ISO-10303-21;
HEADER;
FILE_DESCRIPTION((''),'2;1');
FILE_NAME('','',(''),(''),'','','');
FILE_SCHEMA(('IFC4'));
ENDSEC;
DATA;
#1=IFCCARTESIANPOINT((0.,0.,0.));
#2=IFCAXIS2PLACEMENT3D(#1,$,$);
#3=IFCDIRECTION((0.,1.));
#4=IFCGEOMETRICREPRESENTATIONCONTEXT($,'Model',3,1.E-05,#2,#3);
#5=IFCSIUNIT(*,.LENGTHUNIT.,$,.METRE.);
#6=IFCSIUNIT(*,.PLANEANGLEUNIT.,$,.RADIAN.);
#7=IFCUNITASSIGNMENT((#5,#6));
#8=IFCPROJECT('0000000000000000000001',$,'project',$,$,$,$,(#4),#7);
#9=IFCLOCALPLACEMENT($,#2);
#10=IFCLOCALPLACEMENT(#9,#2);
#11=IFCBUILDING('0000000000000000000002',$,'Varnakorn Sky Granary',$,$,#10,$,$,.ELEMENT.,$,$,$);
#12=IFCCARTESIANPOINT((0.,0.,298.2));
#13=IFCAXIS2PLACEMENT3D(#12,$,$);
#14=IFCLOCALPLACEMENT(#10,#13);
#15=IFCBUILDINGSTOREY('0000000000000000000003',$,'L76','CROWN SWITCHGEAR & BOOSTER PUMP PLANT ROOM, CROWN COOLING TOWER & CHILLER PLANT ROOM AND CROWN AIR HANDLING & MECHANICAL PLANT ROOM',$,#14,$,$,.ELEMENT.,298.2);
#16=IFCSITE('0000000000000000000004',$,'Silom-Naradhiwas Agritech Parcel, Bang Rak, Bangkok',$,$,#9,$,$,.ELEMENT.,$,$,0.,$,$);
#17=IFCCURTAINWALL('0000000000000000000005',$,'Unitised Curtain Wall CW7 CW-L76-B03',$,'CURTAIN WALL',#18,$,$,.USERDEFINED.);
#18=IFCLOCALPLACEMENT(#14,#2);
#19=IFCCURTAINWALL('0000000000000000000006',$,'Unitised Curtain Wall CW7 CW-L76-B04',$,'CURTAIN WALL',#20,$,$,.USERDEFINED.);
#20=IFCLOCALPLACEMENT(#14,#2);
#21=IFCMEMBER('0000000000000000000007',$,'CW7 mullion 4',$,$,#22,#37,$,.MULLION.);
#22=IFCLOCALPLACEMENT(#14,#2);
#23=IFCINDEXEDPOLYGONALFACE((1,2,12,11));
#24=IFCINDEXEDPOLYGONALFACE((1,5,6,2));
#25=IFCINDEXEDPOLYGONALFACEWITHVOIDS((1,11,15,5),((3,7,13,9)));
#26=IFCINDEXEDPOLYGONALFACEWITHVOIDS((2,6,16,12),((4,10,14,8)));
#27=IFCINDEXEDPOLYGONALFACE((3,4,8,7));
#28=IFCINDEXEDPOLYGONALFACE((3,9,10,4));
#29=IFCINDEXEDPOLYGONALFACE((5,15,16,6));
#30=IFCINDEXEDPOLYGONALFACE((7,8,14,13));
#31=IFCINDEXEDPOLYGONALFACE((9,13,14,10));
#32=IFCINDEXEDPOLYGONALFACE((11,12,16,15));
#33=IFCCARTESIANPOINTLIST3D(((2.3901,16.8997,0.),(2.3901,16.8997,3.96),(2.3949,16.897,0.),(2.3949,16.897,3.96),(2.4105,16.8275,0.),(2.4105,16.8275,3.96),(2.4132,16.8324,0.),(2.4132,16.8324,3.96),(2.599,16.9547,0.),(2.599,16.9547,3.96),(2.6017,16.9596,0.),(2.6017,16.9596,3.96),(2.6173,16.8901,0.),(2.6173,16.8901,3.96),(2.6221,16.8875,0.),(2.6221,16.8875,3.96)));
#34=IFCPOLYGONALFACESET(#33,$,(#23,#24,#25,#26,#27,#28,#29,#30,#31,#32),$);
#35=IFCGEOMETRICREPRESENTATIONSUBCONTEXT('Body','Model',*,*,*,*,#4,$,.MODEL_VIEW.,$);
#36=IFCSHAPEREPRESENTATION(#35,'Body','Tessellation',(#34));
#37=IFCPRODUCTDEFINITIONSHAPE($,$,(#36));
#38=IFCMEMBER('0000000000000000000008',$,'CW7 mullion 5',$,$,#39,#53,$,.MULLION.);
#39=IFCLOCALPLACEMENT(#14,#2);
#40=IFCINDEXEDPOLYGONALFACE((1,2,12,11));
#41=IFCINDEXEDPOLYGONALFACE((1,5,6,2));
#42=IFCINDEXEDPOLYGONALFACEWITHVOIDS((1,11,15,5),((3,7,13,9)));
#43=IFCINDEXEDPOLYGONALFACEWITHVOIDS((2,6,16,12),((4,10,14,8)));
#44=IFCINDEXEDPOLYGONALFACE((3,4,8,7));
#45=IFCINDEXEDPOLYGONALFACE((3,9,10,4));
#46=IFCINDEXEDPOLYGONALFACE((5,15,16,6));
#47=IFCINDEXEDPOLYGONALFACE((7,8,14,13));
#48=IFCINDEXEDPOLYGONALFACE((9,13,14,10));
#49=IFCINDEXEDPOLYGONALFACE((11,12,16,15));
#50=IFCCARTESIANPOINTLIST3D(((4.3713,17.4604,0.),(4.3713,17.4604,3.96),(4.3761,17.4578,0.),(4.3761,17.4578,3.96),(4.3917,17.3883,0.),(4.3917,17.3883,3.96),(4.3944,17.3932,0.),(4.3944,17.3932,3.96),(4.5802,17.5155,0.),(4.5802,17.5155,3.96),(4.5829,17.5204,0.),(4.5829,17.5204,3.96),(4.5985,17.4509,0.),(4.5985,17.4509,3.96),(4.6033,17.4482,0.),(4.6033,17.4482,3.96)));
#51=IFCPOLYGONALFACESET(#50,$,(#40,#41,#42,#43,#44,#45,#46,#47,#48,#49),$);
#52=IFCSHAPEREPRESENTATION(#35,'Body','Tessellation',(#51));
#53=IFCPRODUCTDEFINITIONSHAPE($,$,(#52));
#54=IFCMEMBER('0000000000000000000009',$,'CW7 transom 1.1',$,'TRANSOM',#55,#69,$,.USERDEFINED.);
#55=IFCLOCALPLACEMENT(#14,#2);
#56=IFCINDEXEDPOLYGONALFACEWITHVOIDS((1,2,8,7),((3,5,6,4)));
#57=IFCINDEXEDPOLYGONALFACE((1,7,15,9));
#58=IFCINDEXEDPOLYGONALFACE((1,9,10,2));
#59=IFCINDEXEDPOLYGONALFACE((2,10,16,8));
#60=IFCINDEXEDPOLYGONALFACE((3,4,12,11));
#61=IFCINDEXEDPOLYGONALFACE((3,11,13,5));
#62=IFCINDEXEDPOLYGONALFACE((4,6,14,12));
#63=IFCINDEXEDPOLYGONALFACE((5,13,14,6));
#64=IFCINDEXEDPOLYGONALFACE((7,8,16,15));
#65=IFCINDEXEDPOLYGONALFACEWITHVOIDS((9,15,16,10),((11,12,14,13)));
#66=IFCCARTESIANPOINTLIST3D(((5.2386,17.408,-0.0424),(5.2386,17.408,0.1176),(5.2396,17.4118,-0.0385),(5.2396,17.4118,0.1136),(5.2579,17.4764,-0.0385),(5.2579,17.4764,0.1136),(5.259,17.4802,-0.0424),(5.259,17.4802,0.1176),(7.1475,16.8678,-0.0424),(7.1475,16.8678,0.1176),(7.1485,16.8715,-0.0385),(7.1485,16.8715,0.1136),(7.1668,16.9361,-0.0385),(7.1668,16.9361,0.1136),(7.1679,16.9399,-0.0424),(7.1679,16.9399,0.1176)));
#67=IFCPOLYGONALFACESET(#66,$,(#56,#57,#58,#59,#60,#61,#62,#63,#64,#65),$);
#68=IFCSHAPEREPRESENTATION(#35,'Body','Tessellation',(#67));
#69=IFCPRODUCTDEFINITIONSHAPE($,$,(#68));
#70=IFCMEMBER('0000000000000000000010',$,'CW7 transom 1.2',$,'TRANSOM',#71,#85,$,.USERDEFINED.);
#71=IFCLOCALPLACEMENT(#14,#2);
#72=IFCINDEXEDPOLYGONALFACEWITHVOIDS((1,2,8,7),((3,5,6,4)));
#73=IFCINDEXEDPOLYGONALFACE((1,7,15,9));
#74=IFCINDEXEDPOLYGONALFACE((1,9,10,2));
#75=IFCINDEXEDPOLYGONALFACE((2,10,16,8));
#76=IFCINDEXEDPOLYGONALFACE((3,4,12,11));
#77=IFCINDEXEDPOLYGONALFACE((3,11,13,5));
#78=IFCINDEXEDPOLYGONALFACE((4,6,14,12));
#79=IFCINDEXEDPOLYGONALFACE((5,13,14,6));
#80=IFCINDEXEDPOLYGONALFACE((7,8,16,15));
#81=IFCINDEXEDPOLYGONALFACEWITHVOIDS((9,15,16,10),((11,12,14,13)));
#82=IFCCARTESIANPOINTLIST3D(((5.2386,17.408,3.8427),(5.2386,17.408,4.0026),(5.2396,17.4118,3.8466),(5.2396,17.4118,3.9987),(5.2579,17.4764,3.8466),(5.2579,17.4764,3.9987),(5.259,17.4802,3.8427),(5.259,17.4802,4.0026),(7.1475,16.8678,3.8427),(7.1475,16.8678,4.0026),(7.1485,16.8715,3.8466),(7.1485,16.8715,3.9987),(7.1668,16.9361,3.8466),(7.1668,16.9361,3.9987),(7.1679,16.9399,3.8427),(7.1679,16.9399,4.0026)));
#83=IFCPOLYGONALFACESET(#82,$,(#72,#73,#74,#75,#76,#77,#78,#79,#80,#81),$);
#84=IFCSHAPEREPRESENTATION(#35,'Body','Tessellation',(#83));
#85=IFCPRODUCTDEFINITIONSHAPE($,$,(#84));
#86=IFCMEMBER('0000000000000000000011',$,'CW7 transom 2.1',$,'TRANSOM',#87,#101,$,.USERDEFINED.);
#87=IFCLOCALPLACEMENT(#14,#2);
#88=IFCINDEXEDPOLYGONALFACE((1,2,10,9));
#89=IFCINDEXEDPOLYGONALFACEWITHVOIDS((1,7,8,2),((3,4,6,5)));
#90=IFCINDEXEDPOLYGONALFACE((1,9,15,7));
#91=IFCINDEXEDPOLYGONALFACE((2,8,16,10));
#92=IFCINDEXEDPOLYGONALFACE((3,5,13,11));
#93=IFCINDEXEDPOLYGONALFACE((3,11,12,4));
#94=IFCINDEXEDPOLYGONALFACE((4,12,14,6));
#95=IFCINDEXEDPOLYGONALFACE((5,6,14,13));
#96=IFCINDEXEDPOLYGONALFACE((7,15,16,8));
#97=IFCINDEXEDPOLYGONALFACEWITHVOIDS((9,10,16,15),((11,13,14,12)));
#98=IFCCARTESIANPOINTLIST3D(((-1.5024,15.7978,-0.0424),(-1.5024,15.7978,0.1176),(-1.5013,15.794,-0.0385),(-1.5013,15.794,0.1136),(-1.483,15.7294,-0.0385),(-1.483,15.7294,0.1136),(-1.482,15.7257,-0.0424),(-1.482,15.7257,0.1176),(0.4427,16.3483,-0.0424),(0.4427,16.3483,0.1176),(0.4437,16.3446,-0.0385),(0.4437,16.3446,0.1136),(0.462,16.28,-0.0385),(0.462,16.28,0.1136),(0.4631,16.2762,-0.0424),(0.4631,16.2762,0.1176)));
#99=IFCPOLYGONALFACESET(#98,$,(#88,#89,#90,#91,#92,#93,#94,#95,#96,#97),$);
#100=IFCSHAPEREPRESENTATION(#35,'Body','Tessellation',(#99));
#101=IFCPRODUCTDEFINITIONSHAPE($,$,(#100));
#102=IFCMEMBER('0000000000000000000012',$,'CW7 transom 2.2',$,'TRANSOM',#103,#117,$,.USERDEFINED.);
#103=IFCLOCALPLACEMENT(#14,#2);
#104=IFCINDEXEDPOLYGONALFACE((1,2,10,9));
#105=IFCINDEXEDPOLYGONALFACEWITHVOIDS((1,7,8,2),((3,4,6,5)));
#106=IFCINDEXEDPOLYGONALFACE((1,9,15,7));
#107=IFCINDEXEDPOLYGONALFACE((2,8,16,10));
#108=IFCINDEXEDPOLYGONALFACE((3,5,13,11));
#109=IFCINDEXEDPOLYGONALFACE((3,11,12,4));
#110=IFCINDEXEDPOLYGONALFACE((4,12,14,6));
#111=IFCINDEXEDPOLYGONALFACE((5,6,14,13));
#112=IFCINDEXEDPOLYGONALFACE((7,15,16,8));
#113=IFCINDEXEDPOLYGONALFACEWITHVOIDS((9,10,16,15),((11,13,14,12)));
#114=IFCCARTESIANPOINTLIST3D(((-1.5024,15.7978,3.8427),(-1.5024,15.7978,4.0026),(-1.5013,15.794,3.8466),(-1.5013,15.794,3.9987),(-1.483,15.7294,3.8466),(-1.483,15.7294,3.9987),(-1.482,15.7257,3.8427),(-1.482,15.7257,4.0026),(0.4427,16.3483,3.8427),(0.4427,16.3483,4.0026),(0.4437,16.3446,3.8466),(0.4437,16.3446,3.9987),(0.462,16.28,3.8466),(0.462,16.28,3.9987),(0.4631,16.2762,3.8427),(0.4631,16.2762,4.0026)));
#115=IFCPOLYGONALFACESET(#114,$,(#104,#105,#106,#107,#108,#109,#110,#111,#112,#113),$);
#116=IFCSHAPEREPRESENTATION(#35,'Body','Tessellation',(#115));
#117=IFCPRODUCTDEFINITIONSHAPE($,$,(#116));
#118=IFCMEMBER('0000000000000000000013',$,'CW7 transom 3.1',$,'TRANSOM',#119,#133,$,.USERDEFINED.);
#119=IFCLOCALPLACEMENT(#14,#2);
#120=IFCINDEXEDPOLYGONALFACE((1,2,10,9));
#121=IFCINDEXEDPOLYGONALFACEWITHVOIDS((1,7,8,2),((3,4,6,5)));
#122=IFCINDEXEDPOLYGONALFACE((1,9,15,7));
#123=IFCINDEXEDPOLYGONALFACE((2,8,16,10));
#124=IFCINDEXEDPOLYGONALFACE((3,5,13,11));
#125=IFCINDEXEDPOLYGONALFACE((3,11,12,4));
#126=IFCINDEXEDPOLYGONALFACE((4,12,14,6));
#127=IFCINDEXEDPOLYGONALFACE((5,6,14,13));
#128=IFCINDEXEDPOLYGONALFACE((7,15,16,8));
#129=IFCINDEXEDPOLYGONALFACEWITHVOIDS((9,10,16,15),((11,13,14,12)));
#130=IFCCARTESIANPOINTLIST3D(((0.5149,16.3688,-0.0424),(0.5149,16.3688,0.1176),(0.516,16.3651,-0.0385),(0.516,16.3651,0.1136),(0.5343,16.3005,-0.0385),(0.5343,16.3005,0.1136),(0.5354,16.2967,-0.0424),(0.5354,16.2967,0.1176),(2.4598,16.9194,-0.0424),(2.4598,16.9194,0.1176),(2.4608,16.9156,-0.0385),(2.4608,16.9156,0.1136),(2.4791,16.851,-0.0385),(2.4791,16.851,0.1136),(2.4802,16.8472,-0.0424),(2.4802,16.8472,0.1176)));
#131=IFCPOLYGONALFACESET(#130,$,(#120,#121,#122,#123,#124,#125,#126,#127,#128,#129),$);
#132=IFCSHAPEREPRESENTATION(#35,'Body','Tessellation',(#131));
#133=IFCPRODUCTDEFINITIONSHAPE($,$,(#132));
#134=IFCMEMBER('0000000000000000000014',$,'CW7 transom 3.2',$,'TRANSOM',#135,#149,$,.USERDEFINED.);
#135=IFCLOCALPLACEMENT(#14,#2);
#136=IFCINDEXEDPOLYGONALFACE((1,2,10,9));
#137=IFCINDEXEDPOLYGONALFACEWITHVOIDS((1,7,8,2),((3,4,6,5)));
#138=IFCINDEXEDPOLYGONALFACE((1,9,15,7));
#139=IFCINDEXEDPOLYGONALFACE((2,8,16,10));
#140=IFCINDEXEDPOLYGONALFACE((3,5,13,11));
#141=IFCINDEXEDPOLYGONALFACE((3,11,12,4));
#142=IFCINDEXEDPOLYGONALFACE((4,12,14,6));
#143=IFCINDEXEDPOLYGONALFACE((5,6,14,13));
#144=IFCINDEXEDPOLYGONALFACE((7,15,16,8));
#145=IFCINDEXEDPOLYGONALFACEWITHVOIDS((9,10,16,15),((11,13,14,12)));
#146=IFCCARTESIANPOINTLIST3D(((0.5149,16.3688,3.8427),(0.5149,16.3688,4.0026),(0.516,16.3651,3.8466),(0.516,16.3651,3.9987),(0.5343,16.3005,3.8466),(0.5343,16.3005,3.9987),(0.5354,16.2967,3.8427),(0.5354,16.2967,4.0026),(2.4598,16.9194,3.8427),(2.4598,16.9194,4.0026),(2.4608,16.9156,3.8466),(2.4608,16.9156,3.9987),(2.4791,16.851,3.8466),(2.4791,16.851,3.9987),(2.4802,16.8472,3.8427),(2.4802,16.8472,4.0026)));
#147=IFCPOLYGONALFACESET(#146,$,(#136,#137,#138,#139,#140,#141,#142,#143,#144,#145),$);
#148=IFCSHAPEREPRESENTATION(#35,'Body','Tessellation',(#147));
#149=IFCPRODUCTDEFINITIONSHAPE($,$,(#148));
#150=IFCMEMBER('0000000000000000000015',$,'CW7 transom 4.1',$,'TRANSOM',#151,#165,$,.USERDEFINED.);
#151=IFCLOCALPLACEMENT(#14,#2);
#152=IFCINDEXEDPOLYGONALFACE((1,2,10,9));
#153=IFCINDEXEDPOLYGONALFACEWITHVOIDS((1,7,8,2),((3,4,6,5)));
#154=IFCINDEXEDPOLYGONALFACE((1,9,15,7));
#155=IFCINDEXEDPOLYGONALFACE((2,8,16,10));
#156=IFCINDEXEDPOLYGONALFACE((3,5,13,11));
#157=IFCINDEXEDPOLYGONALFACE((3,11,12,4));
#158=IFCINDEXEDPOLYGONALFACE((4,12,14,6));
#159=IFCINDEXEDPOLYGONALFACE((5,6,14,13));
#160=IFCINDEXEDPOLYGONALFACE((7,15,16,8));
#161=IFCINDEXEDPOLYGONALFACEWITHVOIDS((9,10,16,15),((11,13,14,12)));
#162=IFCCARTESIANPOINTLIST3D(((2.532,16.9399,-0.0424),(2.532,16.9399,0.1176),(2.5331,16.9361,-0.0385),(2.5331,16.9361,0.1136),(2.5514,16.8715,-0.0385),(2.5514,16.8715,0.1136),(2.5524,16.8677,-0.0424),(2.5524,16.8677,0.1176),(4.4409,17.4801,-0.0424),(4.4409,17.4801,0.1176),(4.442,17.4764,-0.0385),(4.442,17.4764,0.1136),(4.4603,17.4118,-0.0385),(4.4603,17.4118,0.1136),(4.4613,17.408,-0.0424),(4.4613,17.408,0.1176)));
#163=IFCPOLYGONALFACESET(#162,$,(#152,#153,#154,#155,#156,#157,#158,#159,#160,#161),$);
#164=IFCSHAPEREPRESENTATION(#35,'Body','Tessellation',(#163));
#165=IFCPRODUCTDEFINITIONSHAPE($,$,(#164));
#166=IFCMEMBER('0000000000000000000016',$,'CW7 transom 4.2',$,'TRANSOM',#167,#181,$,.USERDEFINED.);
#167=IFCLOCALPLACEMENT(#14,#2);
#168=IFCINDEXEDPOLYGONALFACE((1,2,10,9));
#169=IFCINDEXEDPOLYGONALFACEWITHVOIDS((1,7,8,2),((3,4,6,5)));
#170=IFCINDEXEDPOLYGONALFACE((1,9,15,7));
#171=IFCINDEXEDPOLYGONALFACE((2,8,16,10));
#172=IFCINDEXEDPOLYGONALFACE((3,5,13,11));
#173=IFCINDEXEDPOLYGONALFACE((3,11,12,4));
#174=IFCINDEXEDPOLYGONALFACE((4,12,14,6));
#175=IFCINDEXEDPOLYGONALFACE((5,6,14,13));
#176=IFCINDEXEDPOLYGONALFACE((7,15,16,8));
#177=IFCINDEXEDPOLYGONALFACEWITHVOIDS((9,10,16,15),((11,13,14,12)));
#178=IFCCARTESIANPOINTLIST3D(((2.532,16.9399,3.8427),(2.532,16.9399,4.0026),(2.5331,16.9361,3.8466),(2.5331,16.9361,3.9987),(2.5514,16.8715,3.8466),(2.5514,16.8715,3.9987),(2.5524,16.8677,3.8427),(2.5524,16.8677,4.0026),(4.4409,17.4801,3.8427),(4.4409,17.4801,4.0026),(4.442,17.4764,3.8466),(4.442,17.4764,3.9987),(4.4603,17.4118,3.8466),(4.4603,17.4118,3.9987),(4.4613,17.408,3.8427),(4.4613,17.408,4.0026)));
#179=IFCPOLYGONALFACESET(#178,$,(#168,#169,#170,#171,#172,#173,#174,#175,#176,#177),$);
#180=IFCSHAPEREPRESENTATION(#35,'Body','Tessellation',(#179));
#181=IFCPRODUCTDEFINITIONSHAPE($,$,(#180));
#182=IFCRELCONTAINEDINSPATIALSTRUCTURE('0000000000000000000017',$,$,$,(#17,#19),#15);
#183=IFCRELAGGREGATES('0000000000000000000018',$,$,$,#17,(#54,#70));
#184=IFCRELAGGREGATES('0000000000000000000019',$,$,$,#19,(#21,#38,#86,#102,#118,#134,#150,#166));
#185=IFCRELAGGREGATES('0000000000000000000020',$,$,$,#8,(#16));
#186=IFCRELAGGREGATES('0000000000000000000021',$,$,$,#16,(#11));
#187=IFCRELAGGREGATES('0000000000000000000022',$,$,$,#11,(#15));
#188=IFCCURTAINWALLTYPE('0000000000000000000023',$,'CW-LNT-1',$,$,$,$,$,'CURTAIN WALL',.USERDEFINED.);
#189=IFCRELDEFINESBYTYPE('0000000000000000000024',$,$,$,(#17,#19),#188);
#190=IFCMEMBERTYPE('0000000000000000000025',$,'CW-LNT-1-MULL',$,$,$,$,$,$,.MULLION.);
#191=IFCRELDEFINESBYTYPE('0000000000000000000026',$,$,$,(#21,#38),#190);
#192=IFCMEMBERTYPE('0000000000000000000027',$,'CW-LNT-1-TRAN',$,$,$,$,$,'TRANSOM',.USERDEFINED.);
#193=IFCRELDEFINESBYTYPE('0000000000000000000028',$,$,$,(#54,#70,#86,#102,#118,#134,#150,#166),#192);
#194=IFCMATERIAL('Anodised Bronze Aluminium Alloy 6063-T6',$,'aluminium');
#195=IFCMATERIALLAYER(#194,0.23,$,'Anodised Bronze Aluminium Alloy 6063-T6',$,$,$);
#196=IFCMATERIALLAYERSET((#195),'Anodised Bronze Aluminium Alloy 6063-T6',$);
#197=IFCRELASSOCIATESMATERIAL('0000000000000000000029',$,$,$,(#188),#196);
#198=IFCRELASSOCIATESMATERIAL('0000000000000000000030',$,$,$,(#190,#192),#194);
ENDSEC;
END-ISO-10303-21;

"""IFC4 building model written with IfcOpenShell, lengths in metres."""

from ifc_helpers import new_model, si_unit, direction, frame, origin, origin_2d, place, context, subcontext, project, spatial, hollow_rectangle, extrude, material, layer, layer_set, material_profile, profile_set, type_object, element, aggregate, save


model = new_model("IFC4")

# Units and contexts
model_context = context("Model", 3, precision=1e-05, world=origin(), true_north=direction((0.0, 1.0)))
body_context = subcontext(model_context, "Body", "Model", "MODEL_VIEW")
ifc_project = project(units=[si_unit("LENGTHUNIT", "METRE"), si_unit("PLANEANGLEUNIT", "RADIAN")], contexts=[model_context])

# Site, building, storey
site_placement = place(None, origin())
site = spatial("IfcSite", under=ifc_project, at=site_placement, Name="Silom-Naradhiwas Agritech Parcel, Bang Rak, Bangkok", CompositionType="ELEMENT", RefElevation=0.0)
building_placement = place(site_placement, origin())
building = spatial("IfcBuilding", under=site, at=building_placement, Name="Varnakorn Sky Granary", CompositionType="ELEMENT")
storey_placement = place(building_placement, frame((0.0, 0.0, 298.2)))
storey = spatial("IfcBuildingStorey", under=building, at=storey_placement, Name="L76", Description="CROWN SWITCHGEAR & BOOSTER PUMP PLANT ROOM, CROWN COOLING TOWER & CHILLER PLANT ROOM AND CROWN AIR HANDLING & MECHANICAL PLANT ROOM", CompositionType="ELEMENT", Elevation=298.2)

# Curtain wall
ifc_material_1 = material(Name="Anodised Bronze Aluminium Alloy 6063-T6", Category="aluminium")
ifc_layer_1 = layer(ifc_material_1, 0.23, Name="Anodised Bronze Aluminium Alloy 6063-T6")
ifc_layer_set_1 = layer_set([ifc_layer_1], Name="Anodised Bronze Aluminium Alloy 6063-T6")
curtain_wall_type = type_object("IfcCurtainWallType", Name="CW-LNT-1", ElementType="CURTAIN WALL", PredefinedType="USERDEFINED", material=ifc_layer_set_1)
curtain_wall_1_placement = place(storey_placement, origin())
curtain_wall_1 = element("IfcCurtainWall", 1, at=curtain_wall_1_placement, inside=storey, type_object=curtain_wall_type, Name="Unitised Curtain Wall CW7 CW-L76-B03", ObjectType="CURTAIN WALL", PredefinedType="USERDEFINED")
ifc_material_profile_1 = material_profile(ifc_material_1, hollow_rectangle(XDim=0.075, YDim=0.22, WallThickness=0.0039, at=origin_2d()), Name="ALU MULL 75x220")
ifc_profile_set_1 = profile_set([ifc_material_profile_1], Name="Anodised Bronze Aluminium Alloy 6063-T6")
member_type_1 = type_object("IfcMemberType", Name="CW-LNT-1-MULL", PredefinedType="MULLION", material=ifc_profile_set_1)

# Curtain wall, members
curtain_wall_2_placement = place(storey_placement, origin())
curtain_wall_2 = element("IfcCurtainWall", 2, at=curtain_wall_2_placement, inside=storey, type_object=curtain_wall_type, Name="Unitised Curtain Wall CW7 CW-L76-B04", ObjectType="CURTAIN WALL", PredefinedType="USERDEFINED")
member_1_placement = place(storey_placement, frame((2.5061, 16.8936, 0.0), z_axis=(0.0, 0.0, 1.0), x_axis=(-0.272381, 0.962189, 0.0)))
member_1 = element("IfcMember", 3, at=member_1_placement, type_object=member_type_1, Name="CW7 mullion 4", PredefinedType="MULLION", context=body_context, shape_type="SweptSolid", body=[
    extrude(hollow_rectangle(XDim=0.075, YDim=0.22, WallThickness=0.0039, at=origin_2d()), origin(), (0.0, 0.0, 1.0), 3.96),
])
member_2_placement = place(storey_placement, frame((4.4873, 17.4543, 0.0), z_axis=(0.0, 0.0, 1.0), x_axis=(-0.272381, 0.962189, 0.0)))
member_2 = element("IfcMember", 4, at=member_2_placement, type_object=member_type_1, Name="CW7 mullion 5", PredefinedType="MULLION", context=body_context, shape_type="SweptSolid", body=[
    extrude(hollow_rectangle(XDim=0.075, YDim=0.22, WallThickness=0.0039, at=origin_2d()), origin(), (0.0, 0.0, 1.0), 3.96),
])

# Members
ifc_material_profile_2 = material_profile(ifc_material_1, hollow_rectangle(XDim=0.075, YDim=0.1599, WallThickness=0.0039, at=origin_2d()), Name="ALU TRAN 75x160")
ifc_profile_set_2 = profile_set([ifc_material_profile_2], Name="Anodised Bronze Aluminium Alloy 6063-T6")
member_type_2 = type_object("IfcMemberType", Name="CW-LNT-1-TRAN", ElementType="TRANSOM", PredefinedType="USERDEFINED", material=ifc_profile_set_2)
member_3_placement = place(storey_placement, frame((5.2488, 17.4441, 0.0376), z_axis=(0.962204, -0.272331, 0.0), x_axis=(0.272331, 0.962204, 0.0)))
member_3 = element("IfcMember", 5, at=member_3_placement, type_object=member_type_2, Name="CW7 transom 1.1", ObjectType="TRANSOM", PredefinedType="USERDEFINED", context=body_context, shape_type="SweptSolid", body=[
    extrude(hollow_rectangle(XDim=0.075, YDim=0.1599, WallThickness=0.0039, at=origin_2d()), origin(), (0.0, 0.0, 1.0), 1.9839),
])
member_4_placement = place(storey_placement, frame((5.2488, 17.4441, 3.9226), z_axis=(0.962204, -0.272331, 0.0), x_axis=(0.272331, 0.962204, 0.0)))
member_4 = element("IfcMember", 6, at=member_4_placement, type_object=member_type_2, Name="CW7 transom 1.2", ObjectType="TRANSOM", PredefinedType="USERDEFINED", context=body_context, shape_type="SweptSolid", body=[
    extrude(hollow_rectangle(XDim=0.075, YDim=0.1599, WallThickness=0.0039, at=origin_2d()), origin(), (0.0, 0.0, 1.0), 1.9839),
])
aggregate(curtain_wall_1, [member_3, member_4])
member_5_placement = place(storey_placement, frame((-1.4922, 15.7617, 0.0376), z_axis=(0.9622, 0.272344, 0.0), x_axis=(-0.272344, 0.9622, 0.0)))
member_5 = element("IfcMember", 7, at=member_5_placement, type_object=member_type_2, Name="CW7 transom 2.1", ObjectType="TRANSOM", PredefinedType="USERDEFINED", context=body_context, shape_type="SweptSolid", body=[
    extrude(hollow_rectangle(XDim=0.075, YDim=0.1599, WallThickness=0.0039, at=origin_2d()), origin(), (0.0, 0.0, 1.0), 2.0215),
])
member_6_placement = place(storey_placement, frame((-1.4922, 15.7617, 3.9226), z_axis=(0.9622, 0.272344, 0.0), x_axis=(-0.272344, 0.9622, 0.0)))
member_6 = element("IfcMember", 8, at=member_6_placement, type_object=member_type_2, Name="CW7 transom 2.2", ObjectType="TRANSOM", PredefinedType="USERDEFINED", context=body_context, shape_type="SweptSolid", body=[
    extrude(hollow_rectangle(XDim=0.075, YDim=0.1599, WallThickness=0.0039, at=origin_2d()), origin(), (0.0, 0.0, 1.0), 2.0215),
])
member_7_placement = place(storey_placement, frame((0.5251, 16.3328, 0.0376), z_axis=(0.962191, 0.272375, 0.0), x_axis=(-0.272375, 0.962191, 0.0)))
member_7 = element("IfcMember", 9, at=member_7_placement, type_object=member_type_2, Name="CW7 transom 3.1", ObjectType="TRANSOM", PredefinedType="USERDEFINED", context=body_context, shape_type="SweptSolid", body=[
    extrude(hollow_rectangle(XDim=0.075, YDim=0.1599, WallThickness=0.0039, at=origin_2d()), origin(), (0.0, 0.0, 1.0), 2.0212),
])
member_8_placement = place(storey_placement, frame((0.5251, 16.3328, 3.9226), z_axis=(0.962191, 0.272375, 0.0), x_axis=(-0.272375, 0.962191, 0.0)))
member_8 = element("IfcMember", 10, at=member_8_placement, type_object=member_type_2, Name="CW7 transom 3.2", ObjectType="TRANSOM", PredefinedType="USERDEFINED", context=body_context, shape_type="SweptSolid", body=[
    extrude(hollow_rectangle(XDim=0.075, YDim=0.1599, WallThickness=0.0039, at=origin_2d()), origin(), (0.0, 0.0, 1.0), 2.0212),
])
member_9_placement = place(storey_placement, frame((2.5422, 16.9038, 0.0376), z_axis=(0.962204, 0.272331, 0.0), x_axis=(-0.272331, 0.962204, 0.0)))
member_9 = element("IfcMember", 11, at=member_9_placement, type_object=member_type_2, Name="CW7 transom 4.1", ObjectType="TRANSOM", PredefinedType="USERDEFINED", context=body_context, shape_type="SweptSolid", body=[
    extrude(hollow_rectangle(XDim=0.075, YDim=0.1599, WallThickness=0.0039, at=origin_2d()), origin(), (0.0, 0.0, 1.0), 1.9839),
])
member_10_placement = place(storey_placement, frame((2.5422, 16.9038, 3.9226), z_axis=(0.962204, 0.272331, 0.0), x_axis=(-0.272331, 0.962204, 0.0)))
member_10 = element("IfcMember", 12, at=member_10_placement, type_object=member_type_2, Name="CW7 transom 4.2", ObjectType="TRANSOM", PredefinedType="USERDEFINED", context=body_context, shape_type="SweptSolid", body=[
    extrude(hollow_rectangle(XDim=0.075, YDim=0.1599, WallThickness=0.0039, at=origin_2d()), origin(), (0.0, 0.0, 1.0), 1.9839),
])

aggregate(curtain_wall_2, [member_1, member_2, member_5, member_6, member_7, member_8, member_9, member_10])

save(model, "model.ifc")
